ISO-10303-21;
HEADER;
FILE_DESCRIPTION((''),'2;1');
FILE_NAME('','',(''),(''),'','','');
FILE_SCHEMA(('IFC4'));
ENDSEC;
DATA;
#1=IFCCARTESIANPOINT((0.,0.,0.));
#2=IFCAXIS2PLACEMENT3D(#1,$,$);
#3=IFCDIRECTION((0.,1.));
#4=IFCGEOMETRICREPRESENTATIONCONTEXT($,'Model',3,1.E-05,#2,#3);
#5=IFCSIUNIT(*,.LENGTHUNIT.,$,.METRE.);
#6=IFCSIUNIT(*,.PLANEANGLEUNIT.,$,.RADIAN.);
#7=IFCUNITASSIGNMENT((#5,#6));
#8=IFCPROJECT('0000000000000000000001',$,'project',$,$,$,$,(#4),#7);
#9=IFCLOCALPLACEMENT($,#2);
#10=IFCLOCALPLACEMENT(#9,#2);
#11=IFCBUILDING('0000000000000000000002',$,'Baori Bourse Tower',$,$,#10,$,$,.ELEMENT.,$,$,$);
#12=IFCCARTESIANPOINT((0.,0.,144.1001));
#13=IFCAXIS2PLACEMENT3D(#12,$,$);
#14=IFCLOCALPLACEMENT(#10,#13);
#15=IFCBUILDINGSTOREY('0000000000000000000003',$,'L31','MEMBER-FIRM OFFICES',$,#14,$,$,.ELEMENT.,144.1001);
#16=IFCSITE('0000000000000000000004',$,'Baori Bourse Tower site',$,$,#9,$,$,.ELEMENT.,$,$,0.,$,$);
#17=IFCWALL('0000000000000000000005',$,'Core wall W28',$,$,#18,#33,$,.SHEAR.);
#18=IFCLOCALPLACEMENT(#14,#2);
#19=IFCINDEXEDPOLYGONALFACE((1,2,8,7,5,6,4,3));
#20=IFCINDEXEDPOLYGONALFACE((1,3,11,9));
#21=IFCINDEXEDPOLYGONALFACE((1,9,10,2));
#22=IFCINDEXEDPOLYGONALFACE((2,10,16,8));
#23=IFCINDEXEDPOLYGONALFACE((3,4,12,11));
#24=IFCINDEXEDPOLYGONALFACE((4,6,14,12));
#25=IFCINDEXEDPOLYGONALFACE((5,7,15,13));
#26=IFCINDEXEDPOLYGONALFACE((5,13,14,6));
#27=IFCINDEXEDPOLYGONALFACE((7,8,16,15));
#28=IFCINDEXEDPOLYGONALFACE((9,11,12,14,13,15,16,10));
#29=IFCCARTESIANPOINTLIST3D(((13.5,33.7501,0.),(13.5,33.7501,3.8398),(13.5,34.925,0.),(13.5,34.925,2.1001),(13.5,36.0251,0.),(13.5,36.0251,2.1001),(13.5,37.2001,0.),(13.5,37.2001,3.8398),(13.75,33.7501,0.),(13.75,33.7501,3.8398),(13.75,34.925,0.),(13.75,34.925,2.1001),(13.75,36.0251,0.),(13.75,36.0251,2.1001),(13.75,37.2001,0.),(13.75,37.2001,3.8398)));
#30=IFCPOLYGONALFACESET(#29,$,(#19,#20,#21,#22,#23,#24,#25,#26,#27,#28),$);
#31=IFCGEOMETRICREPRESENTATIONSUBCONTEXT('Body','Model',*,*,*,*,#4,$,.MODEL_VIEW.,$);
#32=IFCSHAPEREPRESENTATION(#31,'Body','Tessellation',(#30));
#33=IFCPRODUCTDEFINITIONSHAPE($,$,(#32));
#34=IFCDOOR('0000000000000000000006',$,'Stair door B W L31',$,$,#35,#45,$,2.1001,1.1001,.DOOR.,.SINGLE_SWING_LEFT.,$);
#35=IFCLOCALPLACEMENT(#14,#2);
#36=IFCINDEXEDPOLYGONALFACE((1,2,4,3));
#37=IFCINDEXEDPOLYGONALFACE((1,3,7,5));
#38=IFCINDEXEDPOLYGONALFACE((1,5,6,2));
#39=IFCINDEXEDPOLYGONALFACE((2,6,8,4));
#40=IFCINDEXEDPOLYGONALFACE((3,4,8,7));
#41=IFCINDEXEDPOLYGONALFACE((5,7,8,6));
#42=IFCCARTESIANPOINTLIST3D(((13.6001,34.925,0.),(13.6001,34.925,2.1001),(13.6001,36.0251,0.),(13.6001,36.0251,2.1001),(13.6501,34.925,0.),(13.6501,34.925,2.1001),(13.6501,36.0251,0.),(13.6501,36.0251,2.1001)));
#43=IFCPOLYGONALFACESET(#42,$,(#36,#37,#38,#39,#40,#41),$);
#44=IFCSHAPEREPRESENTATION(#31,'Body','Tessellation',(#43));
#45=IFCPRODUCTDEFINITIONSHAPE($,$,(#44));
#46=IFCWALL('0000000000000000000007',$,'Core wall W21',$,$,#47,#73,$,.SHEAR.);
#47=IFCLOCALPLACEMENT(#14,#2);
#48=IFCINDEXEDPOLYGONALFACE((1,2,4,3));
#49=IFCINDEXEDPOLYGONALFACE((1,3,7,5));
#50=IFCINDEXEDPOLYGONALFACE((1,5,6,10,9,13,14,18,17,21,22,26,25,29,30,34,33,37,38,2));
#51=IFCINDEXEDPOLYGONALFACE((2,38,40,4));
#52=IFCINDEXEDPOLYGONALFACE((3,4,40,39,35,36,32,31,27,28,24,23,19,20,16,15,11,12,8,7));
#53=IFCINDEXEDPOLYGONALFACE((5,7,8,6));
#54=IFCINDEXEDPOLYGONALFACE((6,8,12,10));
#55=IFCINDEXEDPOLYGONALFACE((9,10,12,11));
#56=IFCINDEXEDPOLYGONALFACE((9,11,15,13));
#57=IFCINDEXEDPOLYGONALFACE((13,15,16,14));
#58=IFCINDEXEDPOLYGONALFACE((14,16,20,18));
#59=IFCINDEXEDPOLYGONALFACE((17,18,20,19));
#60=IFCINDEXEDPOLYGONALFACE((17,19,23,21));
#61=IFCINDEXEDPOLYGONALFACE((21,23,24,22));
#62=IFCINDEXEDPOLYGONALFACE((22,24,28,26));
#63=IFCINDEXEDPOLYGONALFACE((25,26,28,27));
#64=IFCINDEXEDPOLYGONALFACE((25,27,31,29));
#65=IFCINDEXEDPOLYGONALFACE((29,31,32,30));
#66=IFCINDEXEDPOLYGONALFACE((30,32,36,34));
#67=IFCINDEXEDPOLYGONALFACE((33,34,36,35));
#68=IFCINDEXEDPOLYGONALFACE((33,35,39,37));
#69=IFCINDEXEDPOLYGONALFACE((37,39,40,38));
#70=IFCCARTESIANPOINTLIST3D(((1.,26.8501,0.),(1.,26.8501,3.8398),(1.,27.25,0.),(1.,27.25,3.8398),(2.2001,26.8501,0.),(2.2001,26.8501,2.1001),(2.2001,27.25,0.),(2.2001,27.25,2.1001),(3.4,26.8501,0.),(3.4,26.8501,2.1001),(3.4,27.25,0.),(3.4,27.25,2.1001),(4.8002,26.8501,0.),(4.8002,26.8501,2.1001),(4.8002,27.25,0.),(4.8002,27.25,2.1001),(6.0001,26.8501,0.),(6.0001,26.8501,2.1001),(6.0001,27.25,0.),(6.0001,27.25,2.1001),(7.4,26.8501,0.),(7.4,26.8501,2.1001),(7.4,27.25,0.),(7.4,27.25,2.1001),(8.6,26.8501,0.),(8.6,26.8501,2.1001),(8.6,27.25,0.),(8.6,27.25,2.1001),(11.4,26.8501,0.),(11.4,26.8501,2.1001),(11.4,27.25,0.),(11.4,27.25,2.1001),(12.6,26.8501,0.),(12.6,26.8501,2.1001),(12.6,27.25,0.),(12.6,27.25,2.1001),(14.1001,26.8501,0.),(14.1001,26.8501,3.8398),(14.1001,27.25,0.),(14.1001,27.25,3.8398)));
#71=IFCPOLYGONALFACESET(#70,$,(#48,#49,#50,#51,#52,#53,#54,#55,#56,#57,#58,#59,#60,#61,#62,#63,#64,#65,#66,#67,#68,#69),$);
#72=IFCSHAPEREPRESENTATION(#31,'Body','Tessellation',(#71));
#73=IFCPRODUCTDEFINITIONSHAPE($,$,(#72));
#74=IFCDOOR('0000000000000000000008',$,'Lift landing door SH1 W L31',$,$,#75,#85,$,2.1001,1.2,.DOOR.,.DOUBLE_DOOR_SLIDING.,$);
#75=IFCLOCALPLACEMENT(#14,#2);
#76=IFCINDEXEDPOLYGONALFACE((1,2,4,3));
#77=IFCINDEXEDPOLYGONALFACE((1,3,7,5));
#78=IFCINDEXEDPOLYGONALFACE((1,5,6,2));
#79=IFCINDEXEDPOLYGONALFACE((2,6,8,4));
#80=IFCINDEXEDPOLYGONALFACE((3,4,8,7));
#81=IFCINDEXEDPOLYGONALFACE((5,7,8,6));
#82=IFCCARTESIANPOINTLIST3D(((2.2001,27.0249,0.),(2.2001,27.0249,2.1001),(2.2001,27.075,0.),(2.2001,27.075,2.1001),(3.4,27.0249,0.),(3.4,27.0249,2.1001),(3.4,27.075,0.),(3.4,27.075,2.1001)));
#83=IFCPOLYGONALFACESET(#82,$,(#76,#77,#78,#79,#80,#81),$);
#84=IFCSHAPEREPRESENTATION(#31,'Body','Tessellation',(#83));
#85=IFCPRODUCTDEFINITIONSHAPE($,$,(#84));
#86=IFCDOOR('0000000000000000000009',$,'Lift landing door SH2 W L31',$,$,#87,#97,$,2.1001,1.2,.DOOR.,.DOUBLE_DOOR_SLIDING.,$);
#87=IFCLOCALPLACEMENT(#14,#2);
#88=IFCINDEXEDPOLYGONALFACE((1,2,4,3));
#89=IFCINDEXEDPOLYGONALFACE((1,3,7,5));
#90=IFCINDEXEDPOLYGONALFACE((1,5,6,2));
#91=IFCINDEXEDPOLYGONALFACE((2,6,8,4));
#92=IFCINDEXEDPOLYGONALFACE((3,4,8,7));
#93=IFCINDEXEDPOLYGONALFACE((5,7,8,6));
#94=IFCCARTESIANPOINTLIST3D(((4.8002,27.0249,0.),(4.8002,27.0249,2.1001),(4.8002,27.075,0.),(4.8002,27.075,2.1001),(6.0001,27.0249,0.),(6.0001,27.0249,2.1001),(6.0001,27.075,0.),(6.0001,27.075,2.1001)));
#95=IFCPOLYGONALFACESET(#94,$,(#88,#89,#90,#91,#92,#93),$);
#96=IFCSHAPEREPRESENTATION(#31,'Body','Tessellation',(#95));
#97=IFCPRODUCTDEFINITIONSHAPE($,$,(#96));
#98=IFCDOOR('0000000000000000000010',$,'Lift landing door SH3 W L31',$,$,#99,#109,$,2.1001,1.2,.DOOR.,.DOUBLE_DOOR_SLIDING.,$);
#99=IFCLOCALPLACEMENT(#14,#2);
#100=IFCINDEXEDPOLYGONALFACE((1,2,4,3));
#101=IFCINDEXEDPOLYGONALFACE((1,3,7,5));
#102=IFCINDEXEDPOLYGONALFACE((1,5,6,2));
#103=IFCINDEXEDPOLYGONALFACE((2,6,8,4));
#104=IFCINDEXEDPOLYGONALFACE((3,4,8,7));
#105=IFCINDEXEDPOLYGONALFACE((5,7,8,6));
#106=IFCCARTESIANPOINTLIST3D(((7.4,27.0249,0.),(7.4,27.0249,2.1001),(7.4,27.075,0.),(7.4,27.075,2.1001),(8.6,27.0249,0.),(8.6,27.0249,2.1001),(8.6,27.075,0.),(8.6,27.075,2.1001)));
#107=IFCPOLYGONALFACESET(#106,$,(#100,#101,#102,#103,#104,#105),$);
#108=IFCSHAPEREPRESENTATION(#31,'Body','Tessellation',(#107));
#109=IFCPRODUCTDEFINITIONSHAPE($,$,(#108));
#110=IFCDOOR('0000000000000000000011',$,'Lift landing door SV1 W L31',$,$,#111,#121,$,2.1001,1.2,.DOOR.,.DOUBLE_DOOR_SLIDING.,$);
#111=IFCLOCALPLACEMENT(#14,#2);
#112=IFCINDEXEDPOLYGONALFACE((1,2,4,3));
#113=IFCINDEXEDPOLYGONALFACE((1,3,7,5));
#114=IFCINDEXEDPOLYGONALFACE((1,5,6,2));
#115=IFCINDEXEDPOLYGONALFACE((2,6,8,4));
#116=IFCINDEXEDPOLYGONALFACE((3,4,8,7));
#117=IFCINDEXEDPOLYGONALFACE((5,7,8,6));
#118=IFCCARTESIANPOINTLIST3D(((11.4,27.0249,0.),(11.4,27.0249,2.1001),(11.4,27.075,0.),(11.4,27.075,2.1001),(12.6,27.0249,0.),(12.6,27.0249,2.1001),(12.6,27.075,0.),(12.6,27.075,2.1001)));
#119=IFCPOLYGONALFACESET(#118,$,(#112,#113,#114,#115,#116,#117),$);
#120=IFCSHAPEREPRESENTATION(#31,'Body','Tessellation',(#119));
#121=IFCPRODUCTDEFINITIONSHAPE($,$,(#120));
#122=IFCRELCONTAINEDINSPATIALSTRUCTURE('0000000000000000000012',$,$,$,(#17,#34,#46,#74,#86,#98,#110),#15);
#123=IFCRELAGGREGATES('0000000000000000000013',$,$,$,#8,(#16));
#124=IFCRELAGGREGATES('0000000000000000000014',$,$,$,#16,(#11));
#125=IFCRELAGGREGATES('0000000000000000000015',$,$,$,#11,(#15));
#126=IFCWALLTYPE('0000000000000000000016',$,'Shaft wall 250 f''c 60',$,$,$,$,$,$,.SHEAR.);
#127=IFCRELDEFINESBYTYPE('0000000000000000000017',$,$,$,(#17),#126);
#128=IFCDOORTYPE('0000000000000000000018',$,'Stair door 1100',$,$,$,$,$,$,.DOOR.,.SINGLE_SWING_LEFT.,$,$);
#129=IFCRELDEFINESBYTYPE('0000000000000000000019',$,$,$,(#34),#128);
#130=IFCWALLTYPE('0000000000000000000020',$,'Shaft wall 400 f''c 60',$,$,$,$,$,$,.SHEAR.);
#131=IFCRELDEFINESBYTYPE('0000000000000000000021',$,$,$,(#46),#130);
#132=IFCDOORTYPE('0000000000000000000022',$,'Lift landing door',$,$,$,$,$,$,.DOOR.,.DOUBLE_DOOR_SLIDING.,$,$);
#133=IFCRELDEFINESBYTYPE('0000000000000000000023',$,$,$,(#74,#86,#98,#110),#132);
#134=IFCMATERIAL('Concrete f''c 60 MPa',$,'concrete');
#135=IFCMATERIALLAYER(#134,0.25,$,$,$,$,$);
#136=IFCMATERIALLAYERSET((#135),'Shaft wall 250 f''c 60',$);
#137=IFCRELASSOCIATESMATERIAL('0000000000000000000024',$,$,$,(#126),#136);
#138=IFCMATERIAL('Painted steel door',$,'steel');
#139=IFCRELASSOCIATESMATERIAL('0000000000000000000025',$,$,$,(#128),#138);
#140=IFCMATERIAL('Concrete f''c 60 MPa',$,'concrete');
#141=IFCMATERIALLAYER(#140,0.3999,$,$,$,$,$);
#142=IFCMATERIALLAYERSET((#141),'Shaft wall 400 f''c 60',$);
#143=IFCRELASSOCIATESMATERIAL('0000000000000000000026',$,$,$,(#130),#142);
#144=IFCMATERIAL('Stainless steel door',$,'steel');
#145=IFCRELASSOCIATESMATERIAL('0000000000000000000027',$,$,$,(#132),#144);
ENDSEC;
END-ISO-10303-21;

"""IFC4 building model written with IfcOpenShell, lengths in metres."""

from ifc_helpers import new_model, si_unit, direction, frame, frame_2d, origin, place, context, subcontext, project, spatial, rectangle, extrude, material, layer, layer_set, type_object, element, fill, save


model = new_model("IFC4")

# Units and contexts
model_context = context("Model", 3, precision=1e-05, world=origin(), true_north=direction((0.0, 1.0)))
body_context = subcontext(model_context, "Body", "Model", "MODEL_VIEW")
ifc_project = project(units=[si_unit("LENGTHUNIT", "METRE"), si_unit("PLANEANGLEUNIT", "RADIAN")], contexts=[model_context])

# Site, building, storey
site_placement = place(None, origin())
site = spatial("IfcSite", under=ifc_project, at=site_placement, Name="Baori Bourse Tower site", CompositionType="ELEMENT", RefElevation=0.0)
building_placement = place(site_placement, origin())
building = spatial("IfcBuilding", under=site, at=building_placement, Name="Baori Bourse Tower", CompositionType="ELEMENT")
storey_placement = place(building_placement, frame((0.0, 0.0, 144.1001)))
storey = spatial("IfcBuildingStorey", under=building, at=storey_placement, Name="L31", Description="MEMBER-FIRM OFFICES", CompositionType="ELEMENT", Elevation=144.1001)

# Wall, opening, door
ifc_material_1 = material(Name="Concrete f'c 60 MPa", Category="concrete")
ifc_layer_1 = layer(ifc_material_1, 0.25)
ifc_layer_set_1 = layer_set([ifc_layer_1], Name="Shaft wall 250 f'c 60")
wall_type_1 = type_object("IfcWallType", Name="Shaft wall 250 f'c 60", PredefinedType="SHEAR", material=ifc_layer_set_1)
wall_1_placement = place(storey_placement, frame((13.625, 33.75, 0.0), z_axis=(0.0, 0.0, 1.0), x_axis=(0.0, 1.0, 0.0)))
wall_1 = element("IfcWall", 1, at=wall_1_placement, inside=storey, type_object=wall_type_1, Name="Core wall W28", PredefinedType="SHEAR", context=body_context, shape_type="SweptSolid", body=[
    extrude(rectangle(XDim=3.45, YDim=0.25, at=frame_2d((1.7251, 0.0))), origin(), (0.0, 0.0, 1.0), 3.8398),
])
opening_1_placement = place(wall_1_placement, frame((1.175, 0.0, 0.0)))
opening_1 = element("IfcOpeningElement", 2, at=opening_1_placement, cuts=wall_1, PredefinedType="OPENING", context=body_context, shape_type="SweptSolid", body=[
    extrude(rectangle(XDim=1.1001, YDim=2.1001, at=frame_2d((0.55, 1.05))), frame((0.0, 0.135, 0.0), z_axis=(0.0, -1.0, 0.0), x_axis=(1.0, 0.0, 0.0)), (0.0, 0.0, 1.0), 0.27),
])
ifc_material_2 = material(Name="Painted steel door", Category="steel")
door_type_1 = type_object("IfcDoorType", Name="Stair door 1100", OperationType="SINGLE_SWING_LEFT", PredefinedType="DOOR", material=ifc_material_2)
door_1_placement = place(opening_1_placement, origin())
door_1 = element("IfcDoor", 3, at=door_1_placement, inside=storey, type_object=door_type_1, Name="Stair door B W L31", OperationType="SINGLE_SWING_LEFT", OverallHeight=2.1001, OverallWidth=1.1001, PredefinedType="DOOR", context=body_context, shape_type="SweptSolid", body=[
    extrude(rectangle(XDim=1.1001, YDim=2.1001, at=frame_2d((0.55, 1.05))), frame((0.0, 0.0249, 0.0), z_axis=(0.0, -1.0, 0.0), x_axis=(1.0, 0.0, 0.0)), (0.0, 0.0, 1.0), 0.05),
])
fill(opening_1, door_1)

# Wall, openings, doors
ifc_material_3 = material(Name="Concrete f'c 60 MPa", Category="concrete")
ifc_layer_2 = layer(ifc_material_3, 0.3999)
ifc_layer_set_2 = layer_set([ifc_layer_2], Name="Shaft wall 400 f'c 60")
wall_type_2 = type_object("IfcWallType", Name="Shaft wall 400 f'c 60", PredefinedType="SHEAR", material=ifc_layer_set_2)
wall_2_placement = place(storey_placement, frame((1.0, 27.05, 0.0), z_axis=(0.0, 0.0, 1.0), x_axis=(1.0, 0.0, 0.0)))
wall_2 = element("IfcWall", 4, at=wall_2_placement, inside=storey, type_object=wall_type_2, Name="Core wall W21", PredefinedType="SHEAR", context=body_context, shape_type="SweptSolid", body=[
    extrude(rectangle(XDim=13.1001, YDim=0.3999, at=frame_2d((6.55, 0.0))), origin(), (0.0, 0.0, 1.0), 3.8398),
])
opening_2_placement = place(wall_2_placement, frame((1.2, 0.0, 0.0)))
opening_2 = element("IfcOpeningElement", 5, at=opening_2_placement, cuts=wall_2, PredefinedType="OPENING", context=body_context, shape_type="SweptSolid", body=[
    extrude(rectangle(XDim=1.2, YDim=2.1001, at=frame_2d((0.6001, 1.05))), frame((0.0, 0.21, 0.0), z_axis=(0.0, -1.0, 0.0), x_axis=(1.0, 0.0, 0.0)), (0.0, 0.0, 1.0), 0.4199),
])
opening_3_placement = place(wall_2_placement, frame((3.8, 0.0, 0.0)))
opening_3 = element("IfcOpeningElement", 6, at=opening_3_placement, cuts=wall_2, PredefinedType="OPENING", context=body_context, shape_type="SweptSolid", body=[
    extrude(rectangle(XDim=1.2, YDim=2.1001, at=frame_2d((0.6001, 1.05))), frame((0.0, 0.21, 0.0), z_axis=(0.0, -1.0, 0.0), x_axis=(1.0, 0.0, 0.0)), (0.0, 0.0, 1.0), 0.4199),
])
opening_4_placement = place(wall_2_placement, frame((6.3999, 0.0, 0.0)))
opening_4 = element("IfcOpeningElement", 7, at=opening_4_placement, cuts=wall_2, PredefinedType="OPENING", context=body_context, shape_type="SweptSolid", body=[
    extrude(rectangle(XDim=1.2, YDim=2.1001, at=frame_2d((0.6001, 1.05))), frame((0.0, 0.21, 0.0), z_axis=(0.0, -1.0, 0.0), x_axis=(1.0, 0.0, 0.0)), (0.0, 0.0, 1.0), 0.4199),
])
opening_5_placement = place(wall_2_placement, frame((10.3999, 0.0, 0.0)))
opening_5 = element("IfcOpeningElement", 8, at=opening_5_placement, cuts=wall_2, PredefinedType="OPENING", context=body_context, shape_type="SweptSolid", body=[
    extrude(rectangle(XDim=1.2, YDim=2.1001, at=frame_2d((0.6001, 1.05))), frame((0.0, 0.21, 0.0), z_axis=(0.0, -1.0, 0.0), x_axis=(1.0, 0.0, 0.0)), (0.0, 0.0, 1.0), 0.4199),
])
ifc_material_4 = material(Name="Stainless steel door", Category="steel")
door_type_2 = type_object("IfcDoorType", Name="Lift landing door", OperationType="DOUBLE_DOOR_SLIDING", PredefinedType="DOOR", material=ifc_material_4)
door_2_placement = place(opening_2_placement, origin())
door_2 = element("IfcDoor", 9, at=door_2_placement, inside=storey, type_object=door_type_2, Name="Lift landing door SH1 W L31", OperationType="DOUBLE_DOOR_SLIDING", OverallHeight=2.1001, OverallWidth=1.2, PredefinedType="DOOR", context=body_context, shape_type="SweptSolid", body=[
    extrude(rectangle(XDim=1.2, YDim=2.1001, at=frame_2d((0.6001, 1.05))), frame((0.0, 0.0249, 0.0), z_axis=(0.0, -1.0, 0.0), x_axis=(1.0, 0.0, 0.0)), (0.0, 0.0, 1.0), 0.05),
])
fill(opening_2, door_2)
door_3_placement = place(opening_3_placement, origin())
door_3 = element("IfcDoor", 10, at=door_3_placement, inside=storey, type_object=door_type_2, Name="Lift landing door SH2 W L31", OperationType="DOUBLE_DOOR_SLIDING", OverallHeight=2.1001, OverallWidth=1.2, PredefinedType="DOOR", context=body_context, shape_type="SweptSolid", body=[
    extrude(rectangle(XDim=1.2, YDim=2.1001, at=frame_2d((0.6001, 1.05))), frame((0.0, 0.0249, 0.0), z_axis=(0.0, -1.0, 0.0), x_axis=(1.0, 0.0, 0.0)), (0.0, 0.0, 1.0), 0.05),
])
fill(opening_3, door_3)
door_4_placement = place(opening_4_placement, origin())
door_4 = element("IfcDoor", 11, at=door_4_placement, inside=storey, type_object=door_type_2, Name="Lift landing door SH3 W L31", OperationType="DOUBLE_DOOR_SLIDING", OverallHeight=2.1001, OverallWidth=1.2, PredefinedType="DOOR", context=body_context, shape_type="SweptSolid", body=[
    extrude(rectangle(XDim=1.2, YDim=2.1001, at=frame_2d((0.6001, 1.05))), frame((0.0, 0.0249, 0.0), z_axis=(0.0, -1.0, 0.0), x_axis=(1.0, 0.0, 0.0)), (0.0, 0.0, 1.0), 0.05),
])
fill(opening_4, door_4)
door_5_placement = place(opening_5_placement, origin())
door_5 = element("IfcDoor", 12, at=door_5_placement, inside=storey, type_object=door_type_2, Name="Lift landing door SV1 W L31", OperationType="DOUBLE_DOOR_SLIDING", OverallHeight=2.1001, OverallWidth=1.2, PredefinedType="DOOR", context=body_context, shape_type="SweptSolid", body=[
    extrude(rectangle(XDim=1.2, YDim=2.1001, at=frame_2d((0.6001, 1.05))), frame((0.0, 0.0249, 0.0), z_axis=(0.0, -1.0, 0.0), x_axis=(1.0, 0.0, 0.0)), (0.0, 0.0, 1.0), 0.05),
])
fill(opening_5, door_5)

save(model, "model.ifc")
